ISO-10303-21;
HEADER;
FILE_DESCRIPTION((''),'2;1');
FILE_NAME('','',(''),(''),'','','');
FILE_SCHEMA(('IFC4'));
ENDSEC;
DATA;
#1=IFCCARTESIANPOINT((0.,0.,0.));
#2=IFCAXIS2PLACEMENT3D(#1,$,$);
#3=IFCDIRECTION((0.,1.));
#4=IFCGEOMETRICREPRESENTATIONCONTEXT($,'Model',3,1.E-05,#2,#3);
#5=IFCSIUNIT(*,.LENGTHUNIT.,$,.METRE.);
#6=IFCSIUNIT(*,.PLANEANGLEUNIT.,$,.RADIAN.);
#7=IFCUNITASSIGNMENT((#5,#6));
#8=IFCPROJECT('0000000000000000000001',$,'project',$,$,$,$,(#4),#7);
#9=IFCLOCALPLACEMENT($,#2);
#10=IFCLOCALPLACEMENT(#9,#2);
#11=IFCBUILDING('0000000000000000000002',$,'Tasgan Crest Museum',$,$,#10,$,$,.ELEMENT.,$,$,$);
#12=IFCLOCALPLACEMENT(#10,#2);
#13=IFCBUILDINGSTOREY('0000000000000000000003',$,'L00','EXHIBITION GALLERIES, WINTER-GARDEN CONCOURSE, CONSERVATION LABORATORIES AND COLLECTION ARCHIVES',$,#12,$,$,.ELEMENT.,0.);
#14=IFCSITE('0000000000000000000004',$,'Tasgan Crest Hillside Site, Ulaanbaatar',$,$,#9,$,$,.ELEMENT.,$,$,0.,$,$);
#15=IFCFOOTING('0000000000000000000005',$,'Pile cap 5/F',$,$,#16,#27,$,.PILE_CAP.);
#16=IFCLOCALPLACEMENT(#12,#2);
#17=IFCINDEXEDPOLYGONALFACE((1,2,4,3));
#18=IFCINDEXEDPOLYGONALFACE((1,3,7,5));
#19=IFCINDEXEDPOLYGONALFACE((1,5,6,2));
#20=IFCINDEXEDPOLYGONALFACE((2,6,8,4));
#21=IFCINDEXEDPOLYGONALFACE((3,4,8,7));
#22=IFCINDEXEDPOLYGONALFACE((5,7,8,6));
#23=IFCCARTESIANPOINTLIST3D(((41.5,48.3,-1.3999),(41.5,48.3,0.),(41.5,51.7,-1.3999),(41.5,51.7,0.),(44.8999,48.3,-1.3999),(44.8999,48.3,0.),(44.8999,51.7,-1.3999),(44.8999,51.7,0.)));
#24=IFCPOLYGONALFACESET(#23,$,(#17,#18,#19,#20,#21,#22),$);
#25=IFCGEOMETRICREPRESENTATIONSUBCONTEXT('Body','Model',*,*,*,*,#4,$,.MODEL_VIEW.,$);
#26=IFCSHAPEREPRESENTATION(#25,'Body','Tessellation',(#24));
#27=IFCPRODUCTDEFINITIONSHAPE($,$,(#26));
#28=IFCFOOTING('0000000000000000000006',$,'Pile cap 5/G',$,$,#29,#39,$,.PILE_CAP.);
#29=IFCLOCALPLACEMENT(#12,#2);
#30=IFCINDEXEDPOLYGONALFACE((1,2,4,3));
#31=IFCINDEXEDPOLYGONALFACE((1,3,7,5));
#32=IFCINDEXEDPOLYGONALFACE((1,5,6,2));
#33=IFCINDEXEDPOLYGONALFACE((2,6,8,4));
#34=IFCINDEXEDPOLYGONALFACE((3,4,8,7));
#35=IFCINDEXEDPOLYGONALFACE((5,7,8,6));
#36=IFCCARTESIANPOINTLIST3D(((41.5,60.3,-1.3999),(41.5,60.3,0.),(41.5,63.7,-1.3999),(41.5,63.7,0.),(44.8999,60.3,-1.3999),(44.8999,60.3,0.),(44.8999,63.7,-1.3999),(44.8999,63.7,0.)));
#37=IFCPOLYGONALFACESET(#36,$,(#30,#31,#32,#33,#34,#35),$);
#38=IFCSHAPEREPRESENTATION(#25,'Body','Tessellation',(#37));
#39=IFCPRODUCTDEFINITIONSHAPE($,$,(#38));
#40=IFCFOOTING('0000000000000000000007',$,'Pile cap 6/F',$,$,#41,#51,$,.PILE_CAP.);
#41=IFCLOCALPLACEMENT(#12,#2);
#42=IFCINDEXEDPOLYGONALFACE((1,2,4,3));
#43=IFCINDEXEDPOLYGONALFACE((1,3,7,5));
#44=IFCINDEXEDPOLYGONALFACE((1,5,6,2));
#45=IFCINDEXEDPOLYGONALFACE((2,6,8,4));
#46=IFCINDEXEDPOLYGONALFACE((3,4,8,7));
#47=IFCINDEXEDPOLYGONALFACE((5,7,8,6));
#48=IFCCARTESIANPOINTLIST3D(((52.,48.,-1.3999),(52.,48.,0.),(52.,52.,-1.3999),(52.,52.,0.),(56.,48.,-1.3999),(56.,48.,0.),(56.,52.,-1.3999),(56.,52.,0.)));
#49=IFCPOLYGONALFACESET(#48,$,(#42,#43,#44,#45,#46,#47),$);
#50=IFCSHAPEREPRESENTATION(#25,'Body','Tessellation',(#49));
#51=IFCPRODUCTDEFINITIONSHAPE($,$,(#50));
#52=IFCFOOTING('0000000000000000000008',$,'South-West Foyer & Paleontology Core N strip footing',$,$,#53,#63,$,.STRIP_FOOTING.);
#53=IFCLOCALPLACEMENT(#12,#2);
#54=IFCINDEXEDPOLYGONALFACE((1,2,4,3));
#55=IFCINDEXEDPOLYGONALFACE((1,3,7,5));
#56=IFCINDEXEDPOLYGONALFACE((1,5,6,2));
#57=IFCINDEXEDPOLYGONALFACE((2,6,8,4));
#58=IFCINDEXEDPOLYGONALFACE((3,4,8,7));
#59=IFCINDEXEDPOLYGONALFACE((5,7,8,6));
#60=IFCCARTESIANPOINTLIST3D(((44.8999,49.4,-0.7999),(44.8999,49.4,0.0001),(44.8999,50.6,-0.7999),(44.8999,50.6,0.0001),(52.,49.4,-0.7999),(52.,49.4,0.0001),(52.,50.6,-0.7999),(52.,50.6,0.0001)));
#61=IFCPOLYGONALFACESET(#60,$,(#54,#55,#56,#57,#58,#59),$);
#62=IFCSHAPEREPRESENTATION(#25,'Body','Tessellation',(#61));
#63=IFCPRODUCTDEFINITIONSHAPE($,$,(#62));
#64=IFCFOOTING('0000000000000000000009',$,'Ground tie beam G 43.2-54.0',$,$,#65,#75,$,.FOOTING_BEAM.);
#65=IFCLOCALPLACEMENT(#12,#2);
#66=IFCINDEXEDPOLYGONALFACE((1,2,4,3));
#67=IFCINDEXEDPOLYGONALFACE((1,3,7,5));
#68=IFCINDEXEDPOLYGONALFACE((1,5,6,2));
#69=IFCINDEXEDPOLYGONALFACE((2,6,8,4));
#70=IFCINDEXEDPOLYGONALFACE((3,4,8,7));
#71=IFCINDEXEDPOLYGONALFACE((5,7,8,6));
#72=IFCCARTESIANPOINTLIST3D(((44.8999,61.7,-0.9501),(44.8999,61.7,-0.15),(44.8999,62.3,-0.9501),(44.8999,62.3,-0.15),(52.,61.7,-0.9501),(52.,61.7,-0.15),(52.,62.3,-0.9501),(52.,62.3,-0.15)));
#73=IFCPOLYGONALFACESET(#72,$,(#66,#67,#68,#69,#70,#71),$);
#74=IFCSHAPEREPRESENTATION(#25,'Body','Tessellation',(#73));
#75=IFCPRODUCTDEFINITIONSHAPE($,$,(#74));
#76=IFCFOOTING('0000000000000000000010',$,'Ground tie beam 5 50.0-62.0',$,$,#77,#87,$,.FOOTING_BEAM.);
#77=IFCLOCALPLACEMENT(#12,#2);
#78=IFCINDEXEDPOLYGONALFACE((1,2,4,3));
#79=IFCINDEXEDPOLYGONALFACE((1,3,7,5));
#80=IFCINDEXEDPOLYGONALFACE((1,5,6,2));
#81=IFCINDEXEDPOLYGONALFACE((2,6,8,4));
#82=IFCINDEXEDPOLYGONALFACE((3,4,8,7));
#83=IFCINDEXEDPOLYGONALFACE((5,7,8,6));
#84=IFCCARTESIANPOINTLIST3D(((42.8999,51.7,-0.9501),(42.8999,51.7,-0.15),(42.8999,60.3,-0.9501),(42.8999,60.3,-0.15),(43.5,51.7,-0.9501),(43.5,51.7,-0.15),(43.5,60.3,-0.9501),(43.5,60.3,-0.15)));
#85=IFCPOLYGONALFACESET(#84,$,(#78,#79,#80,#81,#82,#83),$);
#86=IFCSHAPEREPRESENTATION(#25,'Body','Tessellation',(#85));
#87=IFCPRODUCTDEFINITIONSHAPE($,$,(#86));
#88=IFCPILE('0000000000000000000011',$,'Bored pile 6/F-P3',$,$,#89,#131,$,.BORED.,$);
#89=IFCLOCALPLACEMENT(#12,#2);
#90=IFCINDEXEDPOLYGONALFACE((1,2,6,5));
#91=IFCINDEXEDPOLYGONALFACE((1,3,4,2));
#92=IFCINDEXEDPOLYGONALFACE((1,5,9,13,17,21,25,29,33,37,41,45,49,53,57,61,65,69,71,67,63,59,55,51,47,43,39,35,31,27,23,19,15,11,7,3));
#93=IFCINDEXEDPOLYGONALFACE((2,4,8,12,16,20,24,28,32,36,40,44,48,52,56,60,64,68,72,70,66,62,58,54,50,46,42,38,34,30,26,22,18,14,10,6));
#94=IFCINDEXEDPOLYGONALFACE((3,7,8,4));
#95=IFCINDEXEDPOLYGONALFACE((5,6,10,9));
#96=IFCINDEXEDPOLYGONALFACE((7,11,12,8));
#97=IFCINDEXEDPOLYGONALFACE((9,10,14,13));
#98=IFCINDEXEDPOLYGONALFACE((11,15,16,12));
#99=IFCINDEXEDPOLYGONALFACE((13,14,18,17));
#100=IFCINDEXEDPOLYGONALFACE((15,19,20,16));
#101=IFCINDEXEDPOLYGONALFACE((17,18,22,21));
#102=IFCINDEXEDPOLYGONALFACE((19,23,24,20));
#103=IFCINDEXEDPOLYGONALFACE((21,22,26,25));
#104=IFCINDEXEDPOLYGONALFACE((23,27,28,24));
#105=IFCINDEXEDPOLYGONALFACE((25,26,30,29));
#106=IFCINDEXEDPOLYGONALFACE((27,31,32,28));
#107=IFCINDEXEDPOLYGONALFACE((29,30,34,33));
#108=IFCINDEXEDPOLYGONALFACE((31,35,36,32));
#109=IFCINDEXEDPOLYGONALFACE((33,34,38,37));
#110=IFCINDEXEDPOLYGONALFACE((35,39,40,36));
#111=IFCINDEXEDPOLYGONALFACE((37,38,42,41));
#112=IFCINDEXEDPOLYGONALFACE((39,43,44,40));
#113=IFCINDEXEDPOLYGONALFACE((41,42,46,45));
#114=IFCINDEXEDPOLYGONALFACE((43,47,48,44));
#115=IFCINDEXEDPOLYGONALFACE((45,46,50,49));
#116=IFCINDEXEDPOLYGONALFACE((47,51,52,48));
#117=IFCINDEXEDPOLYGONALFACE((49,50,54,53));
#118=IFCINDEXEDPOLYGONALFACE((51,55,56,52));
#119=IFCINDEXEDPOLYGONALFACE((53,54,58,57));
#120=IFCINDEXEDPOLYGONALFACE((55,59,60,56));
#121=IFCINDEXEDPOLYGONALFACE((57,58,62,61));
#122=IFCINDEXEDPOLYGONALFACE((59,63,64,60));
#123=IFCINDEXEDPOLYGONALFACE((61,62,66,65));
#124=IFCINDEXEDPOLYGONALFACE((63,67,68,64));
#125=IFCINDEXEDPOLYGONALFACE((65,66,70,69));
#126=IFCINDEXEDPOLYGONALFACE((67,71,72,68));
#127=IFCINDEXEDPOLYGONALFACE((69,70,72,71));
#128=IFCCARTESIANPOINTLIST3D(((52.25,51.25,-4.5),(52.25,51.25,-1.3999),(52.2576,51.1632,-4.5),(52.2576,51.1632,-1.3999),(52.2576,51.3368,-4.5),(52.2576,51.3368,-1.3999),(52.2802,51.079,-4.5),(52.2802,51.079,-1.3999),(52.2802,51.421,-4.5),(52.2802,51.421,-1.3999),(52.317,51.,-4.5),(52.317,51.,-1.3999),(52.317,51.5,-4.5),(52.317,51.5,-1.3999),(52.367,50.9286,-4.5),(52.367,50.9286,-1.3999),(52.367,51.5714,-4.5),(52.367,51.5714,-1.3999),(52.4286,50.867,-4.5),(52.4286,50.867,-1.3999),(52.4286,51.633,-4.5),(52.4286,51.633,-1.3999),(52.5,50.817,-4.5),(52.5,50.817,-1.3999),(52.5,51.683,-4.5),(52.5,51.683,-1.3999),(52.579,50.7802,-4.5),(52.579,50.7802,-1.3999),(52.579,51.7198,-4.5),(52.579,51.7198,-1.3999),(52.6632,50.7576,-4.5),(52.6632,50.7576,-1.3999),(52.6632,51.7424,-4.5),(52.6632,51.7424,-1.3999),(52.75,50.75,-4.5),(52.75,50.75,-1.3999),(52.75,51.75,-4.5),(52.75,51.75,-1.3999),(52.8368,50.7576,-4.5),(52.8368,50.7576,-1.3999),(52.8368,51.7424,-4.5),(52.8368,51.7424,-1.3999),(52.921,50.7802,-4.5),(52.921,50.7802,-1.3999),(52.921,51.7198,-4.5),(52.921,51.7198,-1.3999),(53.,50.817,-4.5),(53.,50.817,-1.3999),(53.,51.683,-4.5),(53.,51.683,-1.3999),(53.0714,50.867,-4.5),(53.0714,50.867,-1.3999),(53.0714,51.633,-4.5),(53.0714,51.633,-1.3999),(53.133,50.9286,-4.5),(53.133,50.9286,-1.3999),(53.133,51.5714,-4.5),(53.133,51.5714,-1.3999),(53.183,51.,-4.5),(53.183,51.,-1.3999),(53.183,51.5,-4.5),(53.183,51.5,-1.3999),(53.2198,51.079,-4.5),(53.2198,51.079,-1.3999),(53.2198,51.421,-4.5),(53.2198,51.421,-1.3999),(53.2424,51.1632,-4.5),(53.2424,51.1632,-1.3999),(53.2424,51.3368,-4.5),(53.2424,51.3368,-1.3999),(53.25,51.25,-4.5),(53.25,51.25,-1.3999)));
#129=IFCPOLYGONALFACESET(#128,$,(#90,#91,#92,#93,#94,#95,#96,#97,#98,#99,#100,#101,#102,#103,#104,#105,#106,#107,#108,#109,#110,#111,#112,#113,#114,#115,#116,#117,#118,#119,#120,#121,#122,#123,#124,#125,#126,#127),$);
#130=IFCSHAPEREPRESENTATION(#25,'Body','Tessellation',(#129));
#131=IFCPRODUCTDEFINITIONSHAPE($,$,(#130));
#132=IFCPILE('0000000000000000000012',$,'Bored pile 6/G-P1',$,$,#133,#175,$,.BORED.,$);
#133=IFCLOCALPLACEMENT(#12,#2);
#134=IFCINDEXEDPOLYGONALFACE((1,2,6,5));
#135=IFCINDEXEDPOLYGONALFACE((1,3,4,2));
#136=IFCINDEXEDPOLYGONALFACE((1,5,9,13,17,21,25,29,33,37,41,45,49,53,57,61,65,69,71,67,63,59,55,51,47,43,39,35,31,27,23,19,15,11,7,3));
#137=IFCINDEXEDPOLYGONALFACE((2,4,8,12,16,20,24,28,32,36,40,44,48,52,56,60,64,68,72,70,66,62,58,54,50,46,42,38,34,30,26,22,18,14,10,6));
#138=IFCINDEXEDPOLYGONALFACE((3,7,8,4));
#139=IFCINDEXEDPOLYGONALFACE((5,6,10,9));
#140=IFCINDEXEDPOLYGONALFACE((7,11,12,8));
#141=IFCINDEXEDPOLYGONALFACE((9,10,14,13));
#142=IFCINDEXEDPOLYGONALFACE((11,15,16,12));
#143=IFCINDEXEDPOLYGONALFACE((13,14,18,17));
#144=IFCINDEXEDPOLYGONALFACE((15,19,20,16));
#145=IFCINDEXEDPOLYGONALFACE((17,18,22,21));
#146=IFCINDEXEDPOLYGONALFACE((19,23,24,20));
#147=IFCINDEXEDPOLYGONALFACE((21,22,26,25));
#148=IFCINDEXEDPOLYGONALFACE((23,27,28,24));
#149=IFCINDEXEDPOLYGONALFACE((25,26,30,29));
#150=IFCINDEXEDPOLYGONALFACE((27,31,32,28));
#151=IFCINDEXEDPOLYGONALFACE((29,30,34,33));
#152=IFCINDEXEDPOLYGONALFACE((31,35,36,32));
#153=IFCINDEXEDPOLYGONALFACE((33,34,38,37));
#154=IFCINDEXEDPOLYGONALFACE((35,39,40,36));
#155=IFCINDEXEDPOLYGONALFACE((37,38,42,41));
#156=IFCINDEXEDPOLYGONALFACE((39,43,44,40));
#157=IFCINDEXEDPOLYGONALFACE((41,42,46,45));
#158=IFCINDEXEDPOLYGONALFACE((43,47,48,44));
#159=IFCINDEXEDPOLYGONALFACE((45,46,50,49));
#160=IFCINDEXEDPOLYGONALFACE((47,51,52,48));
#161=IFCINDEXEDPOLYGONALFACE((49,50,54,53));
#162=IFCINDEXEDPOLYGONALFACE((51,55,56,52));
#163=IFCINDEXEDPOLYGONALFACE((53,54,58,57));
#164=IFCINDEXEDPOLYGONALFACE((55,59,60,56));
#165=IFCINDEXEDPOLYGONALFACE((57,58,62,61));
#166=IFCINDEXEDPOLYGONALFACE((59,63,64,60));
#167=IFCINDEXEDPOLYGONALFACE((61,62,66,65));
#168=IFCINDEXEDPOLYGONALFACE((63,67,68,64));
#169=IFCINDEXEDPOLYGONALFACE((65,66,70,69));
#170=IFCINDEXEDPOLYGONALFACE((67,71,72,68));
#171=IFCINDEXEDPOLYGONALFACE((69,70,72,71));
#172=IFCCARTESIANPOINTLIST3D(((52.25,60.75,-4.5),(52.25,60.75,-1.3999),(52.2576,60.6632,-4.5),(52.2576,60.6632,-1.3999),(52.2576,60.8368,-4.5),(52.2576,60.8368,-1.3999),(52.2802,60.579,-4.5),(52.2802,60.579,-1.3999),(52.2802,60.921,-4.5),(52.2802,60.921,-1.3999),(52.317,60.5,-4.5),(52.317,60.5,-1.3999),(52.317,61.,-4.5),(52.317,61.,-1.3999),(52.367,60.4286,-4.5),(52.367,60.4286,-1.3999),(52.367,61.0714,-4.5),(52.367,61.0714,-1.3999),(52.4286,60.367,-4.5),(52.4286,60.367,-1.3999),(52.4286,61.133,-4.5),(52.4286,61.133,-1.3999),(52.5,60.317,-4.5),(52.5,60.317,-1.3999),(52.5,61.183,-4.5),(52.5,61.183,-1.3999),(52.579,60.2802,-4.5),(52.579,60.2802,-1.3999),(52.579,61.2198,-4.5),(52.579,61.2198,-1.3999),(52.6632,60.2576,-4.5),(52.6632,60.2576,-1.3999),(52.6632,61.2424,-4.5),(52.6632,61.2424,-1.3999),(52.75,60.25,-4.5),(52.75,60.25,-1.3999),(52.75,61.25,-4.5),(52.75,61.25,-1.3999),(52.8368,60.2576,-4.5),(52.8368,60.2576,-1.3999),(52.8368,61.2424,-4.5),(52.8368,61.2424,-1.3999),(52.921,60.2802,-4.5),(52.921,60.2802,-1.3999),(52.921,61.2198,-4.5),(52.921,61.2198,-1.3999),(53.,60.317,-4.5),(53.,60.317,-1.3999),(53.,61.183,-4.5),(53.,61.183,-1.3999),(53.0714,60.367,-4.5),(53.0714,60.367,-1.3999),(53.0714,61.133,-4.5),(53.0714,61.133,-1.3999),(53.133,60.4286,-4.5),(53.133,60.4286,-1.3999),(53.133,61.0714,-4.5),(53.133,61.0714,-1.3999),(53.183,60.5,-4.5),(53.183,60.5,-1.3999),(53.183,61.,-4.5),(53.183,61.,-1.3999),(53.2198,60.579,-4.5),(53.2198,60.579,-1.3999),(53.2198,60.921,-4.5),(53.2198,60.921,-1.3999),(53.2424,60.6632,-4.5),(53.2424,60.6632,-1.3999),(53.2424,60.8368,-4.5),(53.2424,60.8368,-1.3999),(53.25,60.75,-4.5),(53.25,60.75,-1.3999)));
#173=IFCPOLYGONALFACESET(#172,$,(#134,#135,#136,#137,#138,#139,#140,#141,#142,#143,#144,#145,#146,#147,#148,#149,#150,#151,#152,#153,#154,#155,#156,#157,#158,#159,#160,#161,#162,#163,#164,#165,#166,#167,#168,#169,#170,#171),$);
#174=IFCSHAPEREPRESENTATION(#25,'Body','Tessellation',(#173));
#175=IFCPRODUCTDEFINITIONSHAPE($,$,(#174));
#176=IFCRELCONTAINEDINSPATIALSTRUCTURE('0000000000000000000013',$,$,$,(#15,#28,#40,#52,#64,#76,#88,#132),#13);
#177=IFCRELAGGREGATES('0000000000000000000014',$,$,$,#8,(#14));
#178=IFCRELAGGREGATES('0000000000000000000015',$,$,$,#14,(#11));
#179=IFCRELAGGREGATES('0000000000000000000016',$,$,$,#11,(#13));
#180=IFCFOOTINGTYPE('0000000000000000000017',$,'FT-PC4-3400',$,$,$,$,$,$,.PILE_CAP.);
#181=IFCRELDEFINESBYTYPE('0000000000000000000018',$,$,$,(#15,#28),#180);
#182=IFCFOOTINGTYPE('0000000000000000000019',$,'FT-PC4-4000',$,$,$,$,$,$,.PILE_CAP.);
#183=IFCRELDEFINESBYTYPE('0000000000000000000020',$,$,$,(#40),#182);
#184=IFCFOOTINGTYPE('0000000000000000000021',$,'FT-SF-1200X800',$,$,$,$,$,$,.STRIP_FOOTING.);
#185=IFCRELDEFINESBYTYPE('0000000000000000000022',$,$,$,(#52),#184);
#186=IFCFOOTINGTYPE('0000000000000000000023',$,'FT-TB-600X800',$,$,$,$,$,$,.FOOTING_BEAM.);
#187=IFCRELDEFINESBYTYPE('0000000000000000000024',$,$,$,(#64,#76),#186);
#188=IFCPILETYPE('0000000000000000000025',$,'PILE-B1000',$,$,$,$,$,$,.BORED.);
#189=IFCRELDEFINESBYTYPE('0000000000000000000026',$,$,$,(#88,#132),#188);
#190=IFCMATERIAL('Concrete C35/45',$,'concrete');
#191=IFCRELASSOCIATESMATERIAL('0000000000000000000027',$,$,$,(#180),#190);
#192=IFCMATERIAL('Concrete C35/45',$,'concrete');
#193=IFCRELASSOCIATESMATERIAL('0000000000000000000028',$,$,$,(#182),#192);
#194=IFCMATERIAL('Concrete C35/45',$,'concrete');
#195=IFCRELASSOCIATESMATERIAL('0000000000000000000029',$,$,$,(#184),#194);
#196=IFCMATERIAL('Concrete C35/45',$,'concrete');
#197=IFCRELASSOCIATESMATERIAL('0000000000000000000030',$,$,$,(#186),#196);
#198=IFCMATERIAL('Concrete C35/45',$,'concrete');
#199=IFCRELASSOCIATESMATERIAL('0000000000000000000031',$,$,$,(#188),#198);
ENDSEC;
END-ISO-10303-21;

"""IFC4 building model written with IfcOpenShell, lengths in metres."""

from ifc_helpers import new_model, si_unit, direction, frame, origin, origin_2d, place, context, subcontext, project, spatial, rectangle, circle, extrude, material, material_profile, profile_set, type_object, element, save


model = new_model("IFC4")

# Units and contexts
model_context = context("Model", 3, precision=1e-05, world=origin(), true_north=direction((0.0, 1.0)))
body_context = subcontext(model_context, "Body", "Model", "MODEL_VIEW")
ifc_project = project(units=[si_unit("LENGTHUNIT", "METRE"), si_unit("PLANEANGLEUNIT", "RADIAN")], contexts=[model_context])

# Site, building, storey
site_placement = place(None, origin())
site = spatial("IfcSite", under=ifc_project, at=site_placement, Name="Tasgan Crest Hillside Site, Ulaanbaatar", CompositionType="ELEMENT", RefElevation=0.0)
building_placement = place(site_placement, origin())
building = spatial("IfcBuilding", under=site, at=building_placement, Name="Tasgan Crest Museum", CompositionType="ELEMENT")
storey_placement = place(building_placement, origin())
storey = spatial("IfcBuildingStorey", under=building, at=storey_placement, Name="L00", Description="EXHIBITION GALLERIES, WINTER-GARDEN CONCOURSE, CONSERVATION LABORATORIES AND COLLECTION ARCHIVES", CompositionType="ELEMENT", Elevation=0.0)

# Footings
ifc_material_1 = material(Name="Concrete C35/45", Category="concrete")
footing_type_1 = type_object("IfcFootingType", Name="FT-PC4-3400", PredefinedType="PILE_CAP", material=ifc_material_1)
for number, where, z_axis, x_axis, name in (
    (1, (43.2, 50.0, -1.3999), (0.0, 0.0, 1.0), (1.0, 0.0, 0.0), "Pile cap 5/F"),
    (2, (43.2, 62.0, -1.3999), (0.0, 0.0, 1.0), (1.0, 0.0, 0.0), "Pile cap 5/G"),
):
    element("IfcFooting", number, at=place(storey_placement, frame(where, z_axis=z_axis, x_axis=x_axis)), inside=storey, type_object=footing_type_1, Name=name, PredefinedType="PILE_CAP", context=body_context, shape_type="SweptSolid", body=[
        extrude(rectangle(XDim=3.3999, YDim=3.3999, at=origin_2d()), origin(), (0.0, 0.0, 1.0), 1.3999),
    ])
ifc_material_2 = material(Name="Concrete C35/45", Category="concrete")
footing_type_2 = type_object("IfcFootingType", Name="FT-PC4-4000", PredefinedType="PILE_CAP", material=ifc_material_2)
footing_1_placement = place(storey_placement, frame((54.0, 50.0, -1.3999), z_axis=(0.0, 0.0, 1.0), x_axis=(1.0, 0.0, 0.0)))
element("IfcFooting", 3, at=footing_1_placement, inside=storey, type_object=footing_type_2, Name="Pile cap 6/F", PredefinedType="PILE_CAP", context=body_context, shape_type="SweptSolid", body=[
    extrude(rectangle(XDim=4.0, YDim=4.0, at=origin_2d()), origin(), (0.0, 0.0, 1.0), 1.3999),
])
ifc_material_3 = material(Name="Concrete C35/45", Category="concrete")
ifc_material_profile_1 = material_profile(ifc_material_3, rectangle(XDim=1.2, YDim=0.8, at=origin_2d()), Name="SF 1200x800")
ifc_profile_set_1 = profile_set([ifc_material_profile_1], Name="Concrete C35/45")
footing_type_3 = type_object("IfcFootingType", Name="FT-SF-1200X800", PredefinedType="STRIP_FOOTING", material=ifc_profile_set_1)
footing_2_placement = place(storey_placement, frame((44.8999, 50.0, -0.3999), z_axis=(1.0, 0.0, 0.0), x_axis=(0.0, 1.0, 0.0)))
element("IfcFooting", 4, at=footing_2_placement, inside=storey, type_object=footing_type_3, Name="South-West Foyer & Paleontology Core N strip footing", PredefinedType="STRIP_FOOTING", context=body_context, shape_type="SweptSolid", body=[
    extrude(rectangle(XDim=1.2, YDim=0.8, at=origin_2d()), origin(), (0.0, 0.0, 1.0), 7.1001),
])
ifc_material_4 = material(Name="Concrete C35/45", Category="concrete")
ifc_material_profile_2 = material_profile(ifc_material_4, rectangle(XDim=0.6001, YDim=0.8, at=origin_2d()), Name="TB 600x800")
ifc_profile_set_2 = profile_set([ifc_material_profile_2], Name="Concrete C35/45")
footing_type_4 = type_object("IfcFootingType", Name="FT-TB-600X800", PredefinedType="FOOTING_BEAM", material=ifc_profile_set_2)
footing_3_placement = place(storey_placement, frame((44.8999, 62.0, -0.55), z_axis=(1.0, 0.0, 0.0), x_axis=(0.0, 1.0, 0.0)))
element("IfcFooting", 5, at=footing_3_placement, inside=storey, type_object=footing_type_4, Name="Ground tie beam G 43.2-54.0", PredefinedType="FOOTING_BEAM", context=body_context, shape_type="SweptSolid", body=[
    extrude(rectangle(XDim=0.6001, YDim=0.8, at=origin_2d()), origin(), (0.0, 0.0, 1.0), 7.1001),
])
footing_4_placement = place(storey_placement, frame((43.2, 51.7, -0.55), z_axis=(0.0, 1.0, 0.0), x_axis=(-1.0, 0.0, 0.0)))
element("IfcFooting", 6, at=footing_4_placement, inside=storey, type_object=footing_type_4, Name="Ground tie beam 5 50.0-62.0", PredefinedType="FOOTING_BEAM", context=body_context, shape_type="SweptSolid", body=[
    extrude(rectangle(XDim=0.6001, YDim=0.8, at=origin_2d()), origin(), (0.0, 0.0, 1.0), 8.6001),
])

# Piles
ifc_material_5 = material(Name="Concrete C35/45", Category="concrete")
ifc_material_profile_3 = material_profile(ifc_material_5, circle(Radius=0.5, at=origin_2d()), Name="PILE D1000")
ifc_profile_set_3 = profile_set([ifc_material_profile_3], Name="Concrete C35/45")
pile_type_1 = type_object("IfcPileType", Name="PILE-B1000", PredefinedType="BORED", material=ifc_profile_set_3)
for number, where, z_axis, x_axis, name in (
    (7, (52.75, 51.25, -1.3999), (0.0, 0.0, -1.0), (1.0, 0.0, 0.0), "Bored pile 6/F-P3"),
    (8, (52.75, 60.75, -1.3999), (0.0, 0.0, -1.0), (1.0, 0.0, 0.0), "Bored pile 6/G-P1"),
):
    element("IfcPile", number, at=place(storey_placement, frame(where, z_axis=z_axis, x_axis=x_axis)), inside=storey, type_object=pile_type_1, Name=name, PredefinedType="BORED", context=body_context, shape_type="SweptSolid", body=[
        extrude(circle(Radius=0.5, at=origin_2d()), origin(), (0.0, 0.0, 1.0), 3.1001),
    ])

save(model, "model.ifc")
